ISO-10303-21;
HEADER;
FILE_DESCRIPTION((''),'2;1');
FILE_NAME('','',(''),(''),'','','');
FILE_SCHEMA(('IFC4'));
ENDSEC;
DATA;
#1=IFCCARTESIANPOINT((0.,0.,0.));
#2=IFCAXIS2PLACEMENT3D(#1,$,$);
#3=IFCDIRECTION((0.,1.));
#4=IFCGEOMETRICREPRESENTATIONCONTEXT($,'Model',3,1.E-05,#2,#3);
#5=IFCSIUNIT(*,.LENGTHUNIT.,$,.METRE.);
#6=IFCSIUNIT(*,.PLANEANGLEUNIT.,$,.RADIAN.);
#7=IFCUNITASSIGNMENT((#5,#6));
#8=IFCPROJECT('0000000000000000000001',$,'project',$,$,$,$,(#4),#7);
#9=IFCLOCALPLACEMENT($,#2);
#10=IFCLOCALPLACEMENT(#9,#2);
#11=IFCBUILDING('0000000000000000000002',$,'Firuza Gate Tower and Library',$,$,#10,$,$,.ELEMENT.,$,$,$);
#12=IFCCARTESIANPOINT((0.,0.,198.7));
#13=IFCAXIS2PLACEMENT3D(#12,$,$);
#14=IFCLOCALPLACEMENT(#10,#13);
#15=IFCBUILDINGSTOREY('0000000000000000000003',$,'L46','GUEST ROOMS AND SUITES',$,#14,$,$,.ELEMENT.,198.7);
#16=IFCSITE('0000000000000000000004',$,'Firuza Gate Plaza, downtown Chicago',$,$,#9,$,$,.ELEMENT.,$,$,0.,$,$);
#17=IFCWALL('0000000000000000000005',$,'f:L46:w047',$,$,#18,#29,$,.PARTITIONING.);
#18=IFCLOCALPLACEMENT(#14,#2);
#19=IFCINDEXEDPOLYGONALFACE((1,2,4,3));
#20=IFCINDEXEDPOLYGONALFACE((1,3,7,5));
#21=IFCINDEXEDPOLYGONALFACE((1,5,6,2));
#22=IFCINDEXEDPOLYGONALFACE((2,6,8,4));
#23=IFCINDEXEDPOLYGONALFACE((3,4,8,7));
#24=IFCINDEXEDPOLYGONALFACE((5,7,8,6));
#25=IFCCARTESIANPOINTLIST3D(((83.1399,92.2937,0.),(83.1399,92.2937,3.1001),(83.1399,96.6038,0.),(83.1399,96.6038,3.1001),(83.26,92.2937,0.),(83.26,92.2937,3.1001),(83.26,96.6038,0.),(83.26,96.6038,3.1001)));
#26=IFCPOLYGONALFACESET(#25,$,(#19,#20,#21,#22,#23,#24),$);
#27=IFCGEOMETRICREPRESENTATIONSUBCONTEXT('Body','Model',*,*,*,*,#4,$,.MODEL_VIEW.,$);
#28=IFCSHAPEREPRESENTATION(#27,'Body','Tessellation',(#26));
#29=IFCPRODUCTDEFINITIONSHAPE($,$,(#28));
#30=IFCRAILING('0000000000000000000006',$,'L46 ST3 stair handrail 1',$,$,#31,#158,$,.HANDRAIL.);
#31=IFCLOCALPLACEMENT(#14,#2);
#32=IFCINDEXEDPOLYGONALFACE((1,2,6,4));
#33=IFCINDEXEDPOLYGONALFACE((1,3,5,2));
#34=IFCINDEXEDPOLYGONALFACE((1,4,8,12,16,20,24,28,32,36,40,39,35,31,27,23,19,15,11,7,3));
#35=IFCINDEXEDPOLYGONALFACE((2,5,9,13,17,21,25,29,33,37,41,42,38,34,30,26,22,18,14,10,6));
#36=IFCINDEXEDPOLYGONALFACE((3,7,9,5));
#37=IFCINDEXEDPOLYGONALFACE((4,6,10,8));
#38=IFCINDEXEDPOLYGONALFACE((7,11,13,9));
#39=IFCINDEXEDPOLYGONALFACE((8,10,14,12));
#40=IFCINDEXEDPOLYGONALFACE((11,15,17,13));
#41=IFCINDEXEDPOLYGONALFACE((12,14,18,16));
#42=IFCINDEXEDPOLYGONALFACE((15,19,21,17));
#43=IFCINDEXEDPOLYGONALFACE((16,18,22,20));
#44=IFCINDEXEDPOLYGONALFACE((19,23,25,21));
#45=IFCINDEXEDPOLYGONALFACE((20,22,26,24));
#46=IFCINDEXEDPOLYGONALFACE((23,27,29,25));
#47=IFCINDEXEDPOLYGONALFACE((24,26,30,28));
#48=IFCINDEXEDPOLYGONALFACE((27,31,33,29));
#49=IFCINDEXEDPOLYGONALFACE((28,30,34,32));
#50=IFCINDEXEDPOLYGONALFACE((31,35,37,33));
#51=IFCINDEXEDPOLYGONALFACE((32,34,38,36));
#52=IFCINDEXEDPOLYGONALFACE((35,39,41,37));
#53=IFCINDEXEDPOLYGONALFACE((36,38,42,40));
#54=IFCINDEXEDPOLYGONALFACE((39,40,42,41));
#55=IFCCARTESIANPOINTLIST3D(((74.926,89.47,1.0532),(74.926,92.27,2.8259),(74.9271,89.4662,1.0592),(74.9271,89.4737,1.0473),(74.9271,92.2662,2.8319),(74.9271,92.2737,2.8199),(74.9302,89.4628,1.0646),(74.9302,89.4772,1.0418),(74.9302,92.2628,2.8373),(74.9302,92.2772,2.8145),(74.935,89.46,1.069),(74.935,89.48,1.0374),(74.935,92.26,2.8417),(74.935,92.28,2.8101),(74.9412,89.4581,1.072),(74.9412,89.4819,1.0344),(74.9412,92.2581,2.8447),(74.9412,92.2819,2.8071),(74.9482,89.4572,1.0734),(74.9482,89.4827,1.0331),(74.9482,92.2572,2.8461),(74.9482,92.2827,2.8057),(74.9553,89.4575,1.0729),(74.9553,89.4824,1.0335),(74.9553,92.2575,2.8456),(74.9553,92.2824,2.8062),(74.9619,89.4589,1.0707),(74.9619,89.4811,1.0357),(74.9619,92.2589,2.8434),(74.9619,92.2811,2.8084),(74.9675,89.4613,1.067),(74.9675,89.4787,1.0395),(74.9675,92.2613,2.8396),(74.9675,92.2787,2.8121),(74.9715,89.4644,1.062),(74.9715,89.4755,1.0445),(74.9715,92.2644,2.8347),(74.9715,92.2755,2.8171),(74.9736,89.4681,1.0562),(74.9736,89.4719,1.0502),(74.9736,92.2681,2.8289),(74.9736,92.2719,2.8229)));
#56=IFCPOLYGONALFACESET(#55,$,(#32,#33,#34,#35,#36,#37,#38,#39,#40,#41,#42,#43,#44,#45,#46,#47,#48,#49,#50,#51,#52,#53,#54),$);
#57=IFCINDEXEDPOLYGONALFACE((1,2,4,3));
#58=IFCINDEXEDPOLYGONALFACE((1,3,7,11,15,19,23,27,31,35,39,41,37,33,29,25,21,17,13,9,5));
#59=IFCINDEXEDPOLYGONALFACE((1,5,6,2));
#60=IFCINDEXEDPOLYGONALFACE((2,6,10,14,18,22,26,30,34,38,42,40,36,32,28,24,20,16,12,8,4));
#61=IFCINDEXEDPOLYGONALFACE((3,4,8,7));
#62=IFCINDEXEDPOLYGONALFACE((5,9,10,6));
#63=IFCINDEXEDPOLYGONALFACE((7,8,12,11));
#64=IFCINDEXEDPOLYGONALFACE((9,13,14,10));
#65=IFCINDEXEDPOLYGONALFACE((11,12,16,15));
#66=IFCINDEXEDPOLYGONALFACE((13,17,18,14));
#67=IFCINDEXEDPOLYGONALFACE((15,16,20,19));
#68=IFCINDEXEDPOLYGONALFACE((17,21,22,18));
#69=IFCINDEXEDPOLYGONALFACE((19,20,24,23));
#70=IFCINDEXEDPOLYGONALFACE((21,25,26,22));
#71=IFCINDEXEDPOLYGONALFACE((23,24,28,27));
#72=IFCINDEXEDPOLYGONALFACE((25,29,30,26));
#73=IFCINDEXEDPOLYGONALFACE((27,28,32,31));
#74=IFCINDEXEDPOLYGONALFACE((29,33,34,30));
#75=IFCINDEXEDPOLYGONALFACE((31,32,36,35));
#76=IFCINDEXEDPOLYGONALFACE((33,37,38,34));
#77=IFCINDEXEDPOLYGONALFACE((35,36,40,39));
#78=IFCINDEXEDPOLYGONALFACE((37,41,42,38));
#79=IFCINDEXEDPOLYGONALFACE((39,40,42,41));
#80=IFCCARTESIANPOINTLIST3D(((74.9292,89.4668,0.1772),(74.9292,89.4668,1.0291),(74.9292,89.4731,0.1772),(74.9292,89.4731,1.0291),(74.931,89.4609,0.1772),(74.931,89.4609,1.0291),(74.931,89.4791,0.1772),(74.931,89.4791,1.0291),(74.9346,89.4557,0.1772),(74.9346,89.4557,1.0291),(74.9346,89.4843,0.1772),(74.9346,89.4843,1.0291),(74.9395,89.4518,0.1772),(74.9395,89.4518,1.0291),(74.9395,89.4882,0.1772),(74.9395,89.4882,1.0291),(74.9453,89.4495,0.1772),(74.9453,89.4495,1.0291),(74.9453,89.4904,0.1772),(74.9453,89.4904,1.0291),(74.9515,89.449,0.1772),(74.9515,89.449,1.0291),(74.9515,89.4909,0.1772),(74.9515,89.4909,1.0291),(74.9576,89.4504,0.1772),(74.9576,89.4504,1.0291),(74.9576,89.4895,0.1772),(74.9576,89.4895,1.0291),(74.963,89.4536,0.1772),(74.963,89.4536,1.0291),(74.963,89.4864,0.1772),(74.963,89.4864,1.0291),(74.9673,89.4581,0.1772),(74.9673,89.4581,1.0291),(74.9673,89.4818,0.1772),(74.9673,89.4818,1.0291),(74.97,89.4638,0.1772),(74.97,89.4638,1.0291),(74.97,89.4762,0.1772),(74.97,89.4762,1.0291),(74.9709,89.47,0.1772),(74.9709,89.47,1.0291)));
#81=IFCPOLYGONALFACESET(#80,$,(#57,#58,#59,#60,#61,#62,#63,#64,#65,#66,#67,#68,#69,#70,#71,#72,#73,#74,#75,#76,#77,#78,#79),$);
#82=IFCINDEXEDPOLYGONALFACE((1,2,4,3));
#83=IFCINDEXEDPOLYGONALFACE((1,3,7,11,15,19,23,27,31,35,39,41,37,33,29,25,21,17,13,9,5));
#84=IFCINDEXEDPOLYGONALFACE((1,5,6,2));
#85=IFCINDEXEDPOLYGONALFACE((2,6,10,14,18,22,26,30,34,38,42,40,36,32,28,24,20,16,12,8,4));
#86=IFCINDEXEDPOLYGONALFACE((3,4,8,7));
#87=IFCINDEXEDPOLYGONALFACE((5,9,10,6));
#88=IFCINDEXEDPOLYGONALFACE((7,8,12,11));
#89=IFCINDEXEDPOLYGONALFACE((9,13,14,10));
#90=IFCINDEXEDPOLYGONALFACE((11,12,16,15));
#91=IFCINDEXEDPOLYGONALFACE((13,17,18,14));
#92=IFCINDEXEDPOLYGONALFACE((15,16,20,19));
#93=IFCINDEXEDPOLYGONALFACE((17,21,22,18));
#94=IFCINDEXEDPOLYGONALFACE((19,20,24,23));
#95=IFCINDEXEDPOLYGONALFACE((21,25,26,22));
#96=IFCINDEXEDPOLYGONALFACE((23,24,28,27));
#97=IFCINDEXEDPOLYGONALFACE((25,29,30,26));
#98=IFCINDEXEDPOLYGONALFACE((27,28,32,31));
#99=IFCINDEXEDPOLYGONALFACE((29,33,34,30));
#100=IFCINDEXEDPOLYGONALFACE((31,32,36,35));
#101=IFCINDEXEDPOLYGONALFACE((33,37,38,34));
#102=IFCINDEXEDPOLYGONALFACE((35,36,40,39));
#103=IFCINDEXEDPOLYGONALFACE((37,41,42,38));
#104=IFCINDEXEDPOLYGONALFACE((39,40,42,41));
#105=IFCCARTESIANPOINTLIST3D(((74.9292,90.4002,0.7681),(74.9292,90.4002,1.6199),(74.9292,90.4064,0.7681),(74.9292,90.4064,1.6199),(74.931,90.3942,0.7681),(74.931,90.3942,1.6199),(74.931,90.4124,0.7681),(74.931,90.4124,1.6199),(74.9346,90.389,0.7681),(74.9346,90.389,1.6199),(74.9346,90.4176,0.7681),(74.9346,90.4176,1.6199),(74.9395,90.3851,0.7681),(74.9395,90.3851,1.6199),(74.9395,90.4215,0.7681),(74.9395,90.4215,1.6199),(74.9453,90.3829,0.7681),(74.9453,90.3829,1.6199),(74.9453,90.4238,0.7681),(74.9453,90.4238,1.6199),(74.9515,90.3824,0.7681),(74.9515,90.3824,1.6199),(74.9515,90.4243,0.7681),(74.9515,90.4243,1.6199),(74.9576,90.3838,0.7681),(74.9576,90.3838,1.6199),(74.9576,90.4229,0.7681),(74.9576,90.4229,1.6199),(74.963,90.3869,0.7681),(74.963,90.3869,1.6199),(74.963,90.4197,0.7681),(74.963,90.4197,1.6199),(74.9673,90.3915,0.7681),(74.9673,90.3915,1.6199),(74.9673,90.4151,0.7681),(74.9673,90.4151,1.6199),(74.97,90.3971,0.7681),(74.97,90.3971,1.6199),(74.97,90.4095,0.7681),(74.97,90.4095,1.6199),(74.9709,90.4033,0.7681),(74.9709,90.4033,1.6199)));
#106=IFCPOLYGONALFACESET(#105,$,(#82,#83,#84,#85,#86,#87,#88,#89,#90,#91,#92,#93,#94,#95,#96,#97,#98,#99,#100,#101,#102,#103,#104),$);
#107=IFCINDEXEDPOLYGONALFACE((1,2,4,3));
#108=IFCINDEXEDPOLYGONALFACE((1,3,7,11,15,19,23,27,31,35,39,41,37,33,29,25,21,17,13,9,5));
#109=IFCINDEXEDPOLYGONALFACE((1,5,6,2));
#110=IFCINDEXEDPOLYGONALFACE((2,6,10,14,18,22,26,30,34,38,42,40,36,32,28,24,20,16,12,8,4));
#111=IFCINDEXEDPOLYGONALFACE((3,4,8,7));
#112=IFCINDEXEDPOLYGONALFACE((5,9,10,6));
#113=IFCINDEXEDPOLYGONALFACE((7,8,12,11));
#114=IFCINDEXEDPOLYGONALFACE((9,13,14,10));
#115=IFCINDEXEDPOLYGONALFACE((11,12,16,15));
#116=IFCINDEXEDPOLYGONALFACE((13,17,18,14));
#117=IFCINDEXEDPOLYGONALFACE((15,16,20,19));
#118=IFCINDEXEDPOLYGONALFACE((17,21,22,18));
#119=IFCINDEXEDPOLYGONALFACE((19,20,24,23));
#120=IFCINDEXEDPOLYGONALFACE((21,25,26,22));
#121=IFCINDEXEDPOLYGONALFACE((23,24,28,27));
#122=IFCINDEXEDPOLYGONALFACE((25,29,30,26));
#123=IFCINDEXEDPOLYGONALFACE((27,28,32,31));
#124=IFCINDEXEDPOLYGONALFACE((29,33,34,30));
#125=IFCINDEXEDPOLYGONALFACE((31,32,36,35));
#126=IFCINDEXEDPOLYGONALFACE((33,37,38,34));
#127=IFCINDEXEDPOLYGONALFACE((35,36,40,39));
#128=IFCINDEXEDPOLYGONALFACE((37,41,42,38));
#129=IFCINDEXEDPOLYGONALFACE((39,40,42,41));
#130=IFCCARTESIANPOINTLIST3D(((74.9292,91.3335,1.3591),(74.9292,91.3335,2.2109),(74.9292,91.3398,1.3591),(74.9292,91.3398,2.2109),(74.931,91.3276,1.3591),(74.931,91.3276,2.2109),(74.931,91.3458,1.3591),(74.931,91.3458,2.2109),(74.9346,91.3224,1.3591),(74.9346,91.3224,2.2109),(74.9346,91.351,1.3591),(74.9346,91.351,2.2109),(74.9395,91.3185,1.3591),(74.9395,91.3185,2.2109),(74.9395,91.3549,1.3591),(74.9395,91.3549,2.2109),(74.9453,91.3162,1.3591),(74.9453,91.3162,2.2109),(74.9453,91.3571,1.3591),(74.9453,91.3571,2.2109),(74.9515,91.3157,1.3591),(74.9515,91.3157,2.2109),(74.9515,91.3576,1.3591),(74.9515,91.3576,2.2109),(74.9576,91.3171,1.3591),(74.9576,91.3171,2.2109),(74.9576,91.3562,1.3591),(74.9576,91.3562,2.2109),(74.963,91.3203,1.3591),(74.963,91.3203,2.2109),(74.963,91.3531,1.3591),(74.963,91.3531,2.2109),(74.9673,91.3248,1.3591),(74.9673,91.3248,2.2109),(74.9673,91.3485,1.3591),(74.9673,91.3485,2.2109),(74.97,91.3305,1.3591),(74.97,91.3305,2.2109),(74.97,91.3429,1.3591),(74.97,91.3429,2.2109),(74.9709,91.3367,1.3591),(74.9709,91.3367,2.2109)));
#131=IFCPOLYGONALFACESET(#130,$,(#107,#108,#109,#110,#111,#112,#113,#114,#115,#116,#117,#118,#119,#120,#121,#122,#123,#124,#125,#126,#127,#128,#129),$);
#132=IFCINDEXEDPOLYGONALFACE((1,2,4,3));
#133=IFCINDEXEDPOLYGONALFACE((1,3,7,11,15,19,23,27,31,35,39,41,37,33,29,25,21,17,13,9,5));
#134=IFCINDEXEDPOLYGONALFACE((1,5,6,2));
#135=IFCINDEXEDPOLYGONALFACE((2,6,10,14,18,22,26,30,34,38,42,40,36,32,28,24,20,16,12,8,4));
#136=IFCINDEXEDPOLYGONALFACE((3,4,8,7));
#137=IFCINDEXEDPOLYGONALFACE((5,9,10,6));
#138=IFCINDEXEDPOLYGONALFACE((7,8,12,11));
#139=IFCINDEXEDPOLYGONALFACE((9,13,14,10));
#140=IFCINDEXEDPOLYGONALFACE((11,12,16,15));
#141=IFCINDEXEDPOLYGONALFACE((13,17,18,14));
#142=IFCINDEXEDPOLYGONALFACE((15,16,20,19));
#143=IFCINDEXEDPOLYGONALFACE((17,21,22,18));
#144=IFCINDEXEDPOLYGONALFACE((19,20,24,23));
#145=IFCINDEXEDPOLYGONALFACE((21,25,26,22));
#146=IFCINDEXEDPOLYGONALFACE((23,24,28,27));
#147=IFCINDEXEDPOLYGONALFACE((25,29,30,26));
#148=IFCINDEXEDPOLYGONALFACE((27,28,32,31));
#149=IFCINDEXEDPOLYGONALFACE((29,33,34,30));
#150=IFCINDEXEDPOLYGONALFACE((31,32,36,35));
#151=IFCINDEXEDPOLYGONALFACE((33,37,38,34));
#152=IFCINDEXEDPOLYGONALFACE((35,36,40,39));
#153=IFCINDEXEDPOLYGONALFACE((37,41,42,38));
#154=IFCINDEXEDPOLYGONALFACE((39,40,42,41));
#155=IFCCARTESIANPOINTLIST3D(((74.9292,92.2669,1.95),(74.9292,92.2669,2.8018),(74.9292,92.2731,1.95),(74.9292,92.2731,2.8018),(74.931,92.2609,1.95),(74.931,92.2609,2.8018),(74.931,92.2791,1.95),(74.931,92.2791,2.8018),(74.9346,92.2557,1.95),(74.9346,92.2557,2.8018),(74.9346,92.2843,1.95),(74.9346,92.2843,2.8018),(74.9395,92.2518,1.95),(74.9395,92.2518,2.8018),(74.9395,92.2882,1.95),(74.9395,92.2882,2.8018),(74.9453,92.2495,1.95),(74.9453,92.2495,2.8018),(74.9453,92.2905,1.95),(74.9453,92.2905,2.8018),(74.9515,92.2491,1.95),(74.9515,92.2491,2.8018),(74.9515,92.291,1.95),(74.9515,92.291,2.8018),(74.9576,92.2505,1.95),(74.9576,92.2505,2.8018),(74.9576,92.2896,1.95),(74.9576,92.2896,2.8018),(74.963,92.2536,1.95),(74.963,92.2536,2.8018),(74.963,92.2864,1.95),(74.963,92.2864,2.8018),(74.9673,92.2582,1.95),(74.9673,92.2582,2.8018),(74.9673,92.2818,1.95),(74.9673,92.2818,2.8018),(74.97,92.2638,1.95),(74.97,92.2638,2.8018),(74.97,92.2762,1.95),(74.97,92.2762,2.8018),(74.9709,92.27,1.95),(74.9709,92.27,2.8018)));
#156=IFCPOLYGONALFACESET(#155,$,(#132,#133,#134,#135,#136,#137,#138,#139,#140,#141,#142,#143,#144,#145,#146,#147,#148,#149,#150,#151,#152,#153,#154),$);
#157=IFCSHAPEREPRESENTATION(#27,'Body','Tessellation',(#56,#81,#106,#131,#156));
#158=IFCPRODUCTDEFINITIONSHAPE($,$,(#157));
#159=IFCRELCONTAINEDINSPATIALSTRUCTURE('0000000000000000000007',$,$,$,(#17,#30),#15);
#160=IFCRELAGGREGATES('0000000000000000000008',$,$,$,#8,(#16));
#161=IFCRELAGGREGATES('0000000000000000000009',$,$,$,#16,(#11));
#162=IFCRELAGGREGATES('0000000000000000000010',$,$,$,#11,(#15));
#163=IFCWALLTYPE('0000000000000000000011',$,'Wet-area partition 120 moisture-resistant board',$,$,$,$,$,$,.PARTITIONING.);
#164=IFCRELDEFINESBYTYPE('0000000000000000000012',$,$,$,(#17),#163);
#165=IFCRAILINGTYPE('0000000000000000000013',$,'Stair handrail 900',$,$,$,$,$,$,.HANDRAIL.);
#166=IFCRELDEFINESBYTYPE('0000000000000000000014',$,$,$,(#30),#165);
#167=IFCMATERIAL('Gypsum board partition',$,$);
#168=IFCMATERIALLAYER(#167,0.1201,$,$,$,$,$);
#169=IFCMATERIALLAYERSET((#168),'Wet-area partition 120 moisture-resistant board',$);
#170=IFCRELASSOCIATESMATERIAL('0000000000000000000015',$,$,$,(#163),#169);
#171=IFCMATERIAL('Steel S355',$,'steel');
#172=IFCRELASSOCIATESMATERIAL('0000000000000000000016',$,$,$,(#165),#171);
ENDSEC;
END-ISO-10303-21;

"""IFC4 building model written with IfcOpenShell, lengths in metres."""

from ifc_helpers import new_model, si_unit, direction, frame, frame_2d, origin, origin_2d, place, context, subcontext, project, spatial, rectangle, circle, extrude, material, layer, layer_set, type_object, element, save


model = new_model("IFC4")

# Units and contexts
model_context = context("Model", 3, precision=1e-05, world=origin(), true_north=direction((0.0, 1.0)))
body_context = subcontext(model_context, "Body", "Model", "MODEL_VIEW")
ifc_project = project(units=[si_unit("LENGTHUNIT", "METRE"), si_unit("PLANEANGLEUNIT", "RADIAN")], contexts=[model_context])

# Site, building, storey
site_placement = place(None, origin())
site = spatial("IfcSite", under=ifc_project, at=site_placement, Name="Firuza Gate Plaza, downtown Chicago", CompositionType="ELEMENT", RefElevation=0.0)
building_placement = place(site_placement, origin())
building = spatial("IfcBuilding", under=site, at=building_placement, Name="Firuza Gate Tower and Library", CompositionType="ELEMENT")
storey_placement = place(building_placement, frame((0.0, 0.0, 198.7)))
storey = spatial("IfcBuildingStorey", under=building, at=storey_placement, Name="L46", Description="GUEST ROOMS AND SUITES", CompositionType="ELEMENT", Elevation=198.7)

# Shared definitions
ifc_material_1 = material(Name="Gypsum board partition")
ifc_layer_1 = layer(ifc_material_1, 0.1201)
ifc_layer_set_1 = layer_set([ifc_layer_1], Name="Wet-area partition 120 moisture-resistant board")
wall_type_1 = type_object("IfcWallType", Name="Wet-area partition 120 moisture-resistant board", PredefinedType="PARTITIONING", material=ifc_layer_set_1)

# Wall
wall_1_placement = place(storey_placement, frame((83.2, 92.2937, 0.0), z_axis=(0.0, 0.0, 1.0), x_axis=(0.0, 1.0, 0.0)))
element("IfcWall", 1, at=wall_1_placement, inside=storey, type_object=wall_type_1, Name="f:L46:w047", PredefinedType="PARTITIONING", context=body_context, shape_type="SweptSolid", body=[
    extrude(rectangle(XDim=4.3101, YDim=0.1201, at=frame_2d((2.155, 0.0))), origin(), (0.0, 0.0, 1.0), 3.1001),
])

# Railing
ifc_material_2 = material(Name="Steel S355", Category="steel")
railing_type = type_object("IfcRailingType", Name="Stair handrail 900", PredefinedType="HANDRAIL", material=ifc_material_2)
railing_placement = place(storey_placement, frame((74.95, 89.47, 0.1772)))
element("IfcRailing", 2, at=railing_placement, inside=storey, type_object=railing_type, Name="L46 ST3 stair handrail 1", PredefinedType="HANDRAIL", context=body_context, shape_type="SweptSolid", body=[
    extrude(circle(Radius=0.0239, at=origin_2d()), frame((0.0, 0.0, 0.876), z_axis=(0.0, 0.844909, 0.53491), x_axis=(-1.0, 0.0, 0.0)), (0.0, 0.0, 1.0), 3.314),
    extrude(circle(Radius=0.021, at=origin_2d()), origin(), (0.0, 0.0, 1.0), 0.8518),
    extrude(circle(Radius=0.021, at=origin_2d()), frame((0.0, 0.9333, 0.5908)), (0.0, 0.0, 1.0), 0.8518),
    extrude(circle(Radius=0.021, at=origin_2d()), frame((0.0, 1.8667, 1.1819)), (0.0, 0.0, 1.0), 0.8518),
    extrude(circle(Radius=0.021, at=origin_2d()), frame((0.0, 2.8, 1.7727)), (0.0, 0.0, 1.0), 0.8518),
])

save(model, "model.ifc")
